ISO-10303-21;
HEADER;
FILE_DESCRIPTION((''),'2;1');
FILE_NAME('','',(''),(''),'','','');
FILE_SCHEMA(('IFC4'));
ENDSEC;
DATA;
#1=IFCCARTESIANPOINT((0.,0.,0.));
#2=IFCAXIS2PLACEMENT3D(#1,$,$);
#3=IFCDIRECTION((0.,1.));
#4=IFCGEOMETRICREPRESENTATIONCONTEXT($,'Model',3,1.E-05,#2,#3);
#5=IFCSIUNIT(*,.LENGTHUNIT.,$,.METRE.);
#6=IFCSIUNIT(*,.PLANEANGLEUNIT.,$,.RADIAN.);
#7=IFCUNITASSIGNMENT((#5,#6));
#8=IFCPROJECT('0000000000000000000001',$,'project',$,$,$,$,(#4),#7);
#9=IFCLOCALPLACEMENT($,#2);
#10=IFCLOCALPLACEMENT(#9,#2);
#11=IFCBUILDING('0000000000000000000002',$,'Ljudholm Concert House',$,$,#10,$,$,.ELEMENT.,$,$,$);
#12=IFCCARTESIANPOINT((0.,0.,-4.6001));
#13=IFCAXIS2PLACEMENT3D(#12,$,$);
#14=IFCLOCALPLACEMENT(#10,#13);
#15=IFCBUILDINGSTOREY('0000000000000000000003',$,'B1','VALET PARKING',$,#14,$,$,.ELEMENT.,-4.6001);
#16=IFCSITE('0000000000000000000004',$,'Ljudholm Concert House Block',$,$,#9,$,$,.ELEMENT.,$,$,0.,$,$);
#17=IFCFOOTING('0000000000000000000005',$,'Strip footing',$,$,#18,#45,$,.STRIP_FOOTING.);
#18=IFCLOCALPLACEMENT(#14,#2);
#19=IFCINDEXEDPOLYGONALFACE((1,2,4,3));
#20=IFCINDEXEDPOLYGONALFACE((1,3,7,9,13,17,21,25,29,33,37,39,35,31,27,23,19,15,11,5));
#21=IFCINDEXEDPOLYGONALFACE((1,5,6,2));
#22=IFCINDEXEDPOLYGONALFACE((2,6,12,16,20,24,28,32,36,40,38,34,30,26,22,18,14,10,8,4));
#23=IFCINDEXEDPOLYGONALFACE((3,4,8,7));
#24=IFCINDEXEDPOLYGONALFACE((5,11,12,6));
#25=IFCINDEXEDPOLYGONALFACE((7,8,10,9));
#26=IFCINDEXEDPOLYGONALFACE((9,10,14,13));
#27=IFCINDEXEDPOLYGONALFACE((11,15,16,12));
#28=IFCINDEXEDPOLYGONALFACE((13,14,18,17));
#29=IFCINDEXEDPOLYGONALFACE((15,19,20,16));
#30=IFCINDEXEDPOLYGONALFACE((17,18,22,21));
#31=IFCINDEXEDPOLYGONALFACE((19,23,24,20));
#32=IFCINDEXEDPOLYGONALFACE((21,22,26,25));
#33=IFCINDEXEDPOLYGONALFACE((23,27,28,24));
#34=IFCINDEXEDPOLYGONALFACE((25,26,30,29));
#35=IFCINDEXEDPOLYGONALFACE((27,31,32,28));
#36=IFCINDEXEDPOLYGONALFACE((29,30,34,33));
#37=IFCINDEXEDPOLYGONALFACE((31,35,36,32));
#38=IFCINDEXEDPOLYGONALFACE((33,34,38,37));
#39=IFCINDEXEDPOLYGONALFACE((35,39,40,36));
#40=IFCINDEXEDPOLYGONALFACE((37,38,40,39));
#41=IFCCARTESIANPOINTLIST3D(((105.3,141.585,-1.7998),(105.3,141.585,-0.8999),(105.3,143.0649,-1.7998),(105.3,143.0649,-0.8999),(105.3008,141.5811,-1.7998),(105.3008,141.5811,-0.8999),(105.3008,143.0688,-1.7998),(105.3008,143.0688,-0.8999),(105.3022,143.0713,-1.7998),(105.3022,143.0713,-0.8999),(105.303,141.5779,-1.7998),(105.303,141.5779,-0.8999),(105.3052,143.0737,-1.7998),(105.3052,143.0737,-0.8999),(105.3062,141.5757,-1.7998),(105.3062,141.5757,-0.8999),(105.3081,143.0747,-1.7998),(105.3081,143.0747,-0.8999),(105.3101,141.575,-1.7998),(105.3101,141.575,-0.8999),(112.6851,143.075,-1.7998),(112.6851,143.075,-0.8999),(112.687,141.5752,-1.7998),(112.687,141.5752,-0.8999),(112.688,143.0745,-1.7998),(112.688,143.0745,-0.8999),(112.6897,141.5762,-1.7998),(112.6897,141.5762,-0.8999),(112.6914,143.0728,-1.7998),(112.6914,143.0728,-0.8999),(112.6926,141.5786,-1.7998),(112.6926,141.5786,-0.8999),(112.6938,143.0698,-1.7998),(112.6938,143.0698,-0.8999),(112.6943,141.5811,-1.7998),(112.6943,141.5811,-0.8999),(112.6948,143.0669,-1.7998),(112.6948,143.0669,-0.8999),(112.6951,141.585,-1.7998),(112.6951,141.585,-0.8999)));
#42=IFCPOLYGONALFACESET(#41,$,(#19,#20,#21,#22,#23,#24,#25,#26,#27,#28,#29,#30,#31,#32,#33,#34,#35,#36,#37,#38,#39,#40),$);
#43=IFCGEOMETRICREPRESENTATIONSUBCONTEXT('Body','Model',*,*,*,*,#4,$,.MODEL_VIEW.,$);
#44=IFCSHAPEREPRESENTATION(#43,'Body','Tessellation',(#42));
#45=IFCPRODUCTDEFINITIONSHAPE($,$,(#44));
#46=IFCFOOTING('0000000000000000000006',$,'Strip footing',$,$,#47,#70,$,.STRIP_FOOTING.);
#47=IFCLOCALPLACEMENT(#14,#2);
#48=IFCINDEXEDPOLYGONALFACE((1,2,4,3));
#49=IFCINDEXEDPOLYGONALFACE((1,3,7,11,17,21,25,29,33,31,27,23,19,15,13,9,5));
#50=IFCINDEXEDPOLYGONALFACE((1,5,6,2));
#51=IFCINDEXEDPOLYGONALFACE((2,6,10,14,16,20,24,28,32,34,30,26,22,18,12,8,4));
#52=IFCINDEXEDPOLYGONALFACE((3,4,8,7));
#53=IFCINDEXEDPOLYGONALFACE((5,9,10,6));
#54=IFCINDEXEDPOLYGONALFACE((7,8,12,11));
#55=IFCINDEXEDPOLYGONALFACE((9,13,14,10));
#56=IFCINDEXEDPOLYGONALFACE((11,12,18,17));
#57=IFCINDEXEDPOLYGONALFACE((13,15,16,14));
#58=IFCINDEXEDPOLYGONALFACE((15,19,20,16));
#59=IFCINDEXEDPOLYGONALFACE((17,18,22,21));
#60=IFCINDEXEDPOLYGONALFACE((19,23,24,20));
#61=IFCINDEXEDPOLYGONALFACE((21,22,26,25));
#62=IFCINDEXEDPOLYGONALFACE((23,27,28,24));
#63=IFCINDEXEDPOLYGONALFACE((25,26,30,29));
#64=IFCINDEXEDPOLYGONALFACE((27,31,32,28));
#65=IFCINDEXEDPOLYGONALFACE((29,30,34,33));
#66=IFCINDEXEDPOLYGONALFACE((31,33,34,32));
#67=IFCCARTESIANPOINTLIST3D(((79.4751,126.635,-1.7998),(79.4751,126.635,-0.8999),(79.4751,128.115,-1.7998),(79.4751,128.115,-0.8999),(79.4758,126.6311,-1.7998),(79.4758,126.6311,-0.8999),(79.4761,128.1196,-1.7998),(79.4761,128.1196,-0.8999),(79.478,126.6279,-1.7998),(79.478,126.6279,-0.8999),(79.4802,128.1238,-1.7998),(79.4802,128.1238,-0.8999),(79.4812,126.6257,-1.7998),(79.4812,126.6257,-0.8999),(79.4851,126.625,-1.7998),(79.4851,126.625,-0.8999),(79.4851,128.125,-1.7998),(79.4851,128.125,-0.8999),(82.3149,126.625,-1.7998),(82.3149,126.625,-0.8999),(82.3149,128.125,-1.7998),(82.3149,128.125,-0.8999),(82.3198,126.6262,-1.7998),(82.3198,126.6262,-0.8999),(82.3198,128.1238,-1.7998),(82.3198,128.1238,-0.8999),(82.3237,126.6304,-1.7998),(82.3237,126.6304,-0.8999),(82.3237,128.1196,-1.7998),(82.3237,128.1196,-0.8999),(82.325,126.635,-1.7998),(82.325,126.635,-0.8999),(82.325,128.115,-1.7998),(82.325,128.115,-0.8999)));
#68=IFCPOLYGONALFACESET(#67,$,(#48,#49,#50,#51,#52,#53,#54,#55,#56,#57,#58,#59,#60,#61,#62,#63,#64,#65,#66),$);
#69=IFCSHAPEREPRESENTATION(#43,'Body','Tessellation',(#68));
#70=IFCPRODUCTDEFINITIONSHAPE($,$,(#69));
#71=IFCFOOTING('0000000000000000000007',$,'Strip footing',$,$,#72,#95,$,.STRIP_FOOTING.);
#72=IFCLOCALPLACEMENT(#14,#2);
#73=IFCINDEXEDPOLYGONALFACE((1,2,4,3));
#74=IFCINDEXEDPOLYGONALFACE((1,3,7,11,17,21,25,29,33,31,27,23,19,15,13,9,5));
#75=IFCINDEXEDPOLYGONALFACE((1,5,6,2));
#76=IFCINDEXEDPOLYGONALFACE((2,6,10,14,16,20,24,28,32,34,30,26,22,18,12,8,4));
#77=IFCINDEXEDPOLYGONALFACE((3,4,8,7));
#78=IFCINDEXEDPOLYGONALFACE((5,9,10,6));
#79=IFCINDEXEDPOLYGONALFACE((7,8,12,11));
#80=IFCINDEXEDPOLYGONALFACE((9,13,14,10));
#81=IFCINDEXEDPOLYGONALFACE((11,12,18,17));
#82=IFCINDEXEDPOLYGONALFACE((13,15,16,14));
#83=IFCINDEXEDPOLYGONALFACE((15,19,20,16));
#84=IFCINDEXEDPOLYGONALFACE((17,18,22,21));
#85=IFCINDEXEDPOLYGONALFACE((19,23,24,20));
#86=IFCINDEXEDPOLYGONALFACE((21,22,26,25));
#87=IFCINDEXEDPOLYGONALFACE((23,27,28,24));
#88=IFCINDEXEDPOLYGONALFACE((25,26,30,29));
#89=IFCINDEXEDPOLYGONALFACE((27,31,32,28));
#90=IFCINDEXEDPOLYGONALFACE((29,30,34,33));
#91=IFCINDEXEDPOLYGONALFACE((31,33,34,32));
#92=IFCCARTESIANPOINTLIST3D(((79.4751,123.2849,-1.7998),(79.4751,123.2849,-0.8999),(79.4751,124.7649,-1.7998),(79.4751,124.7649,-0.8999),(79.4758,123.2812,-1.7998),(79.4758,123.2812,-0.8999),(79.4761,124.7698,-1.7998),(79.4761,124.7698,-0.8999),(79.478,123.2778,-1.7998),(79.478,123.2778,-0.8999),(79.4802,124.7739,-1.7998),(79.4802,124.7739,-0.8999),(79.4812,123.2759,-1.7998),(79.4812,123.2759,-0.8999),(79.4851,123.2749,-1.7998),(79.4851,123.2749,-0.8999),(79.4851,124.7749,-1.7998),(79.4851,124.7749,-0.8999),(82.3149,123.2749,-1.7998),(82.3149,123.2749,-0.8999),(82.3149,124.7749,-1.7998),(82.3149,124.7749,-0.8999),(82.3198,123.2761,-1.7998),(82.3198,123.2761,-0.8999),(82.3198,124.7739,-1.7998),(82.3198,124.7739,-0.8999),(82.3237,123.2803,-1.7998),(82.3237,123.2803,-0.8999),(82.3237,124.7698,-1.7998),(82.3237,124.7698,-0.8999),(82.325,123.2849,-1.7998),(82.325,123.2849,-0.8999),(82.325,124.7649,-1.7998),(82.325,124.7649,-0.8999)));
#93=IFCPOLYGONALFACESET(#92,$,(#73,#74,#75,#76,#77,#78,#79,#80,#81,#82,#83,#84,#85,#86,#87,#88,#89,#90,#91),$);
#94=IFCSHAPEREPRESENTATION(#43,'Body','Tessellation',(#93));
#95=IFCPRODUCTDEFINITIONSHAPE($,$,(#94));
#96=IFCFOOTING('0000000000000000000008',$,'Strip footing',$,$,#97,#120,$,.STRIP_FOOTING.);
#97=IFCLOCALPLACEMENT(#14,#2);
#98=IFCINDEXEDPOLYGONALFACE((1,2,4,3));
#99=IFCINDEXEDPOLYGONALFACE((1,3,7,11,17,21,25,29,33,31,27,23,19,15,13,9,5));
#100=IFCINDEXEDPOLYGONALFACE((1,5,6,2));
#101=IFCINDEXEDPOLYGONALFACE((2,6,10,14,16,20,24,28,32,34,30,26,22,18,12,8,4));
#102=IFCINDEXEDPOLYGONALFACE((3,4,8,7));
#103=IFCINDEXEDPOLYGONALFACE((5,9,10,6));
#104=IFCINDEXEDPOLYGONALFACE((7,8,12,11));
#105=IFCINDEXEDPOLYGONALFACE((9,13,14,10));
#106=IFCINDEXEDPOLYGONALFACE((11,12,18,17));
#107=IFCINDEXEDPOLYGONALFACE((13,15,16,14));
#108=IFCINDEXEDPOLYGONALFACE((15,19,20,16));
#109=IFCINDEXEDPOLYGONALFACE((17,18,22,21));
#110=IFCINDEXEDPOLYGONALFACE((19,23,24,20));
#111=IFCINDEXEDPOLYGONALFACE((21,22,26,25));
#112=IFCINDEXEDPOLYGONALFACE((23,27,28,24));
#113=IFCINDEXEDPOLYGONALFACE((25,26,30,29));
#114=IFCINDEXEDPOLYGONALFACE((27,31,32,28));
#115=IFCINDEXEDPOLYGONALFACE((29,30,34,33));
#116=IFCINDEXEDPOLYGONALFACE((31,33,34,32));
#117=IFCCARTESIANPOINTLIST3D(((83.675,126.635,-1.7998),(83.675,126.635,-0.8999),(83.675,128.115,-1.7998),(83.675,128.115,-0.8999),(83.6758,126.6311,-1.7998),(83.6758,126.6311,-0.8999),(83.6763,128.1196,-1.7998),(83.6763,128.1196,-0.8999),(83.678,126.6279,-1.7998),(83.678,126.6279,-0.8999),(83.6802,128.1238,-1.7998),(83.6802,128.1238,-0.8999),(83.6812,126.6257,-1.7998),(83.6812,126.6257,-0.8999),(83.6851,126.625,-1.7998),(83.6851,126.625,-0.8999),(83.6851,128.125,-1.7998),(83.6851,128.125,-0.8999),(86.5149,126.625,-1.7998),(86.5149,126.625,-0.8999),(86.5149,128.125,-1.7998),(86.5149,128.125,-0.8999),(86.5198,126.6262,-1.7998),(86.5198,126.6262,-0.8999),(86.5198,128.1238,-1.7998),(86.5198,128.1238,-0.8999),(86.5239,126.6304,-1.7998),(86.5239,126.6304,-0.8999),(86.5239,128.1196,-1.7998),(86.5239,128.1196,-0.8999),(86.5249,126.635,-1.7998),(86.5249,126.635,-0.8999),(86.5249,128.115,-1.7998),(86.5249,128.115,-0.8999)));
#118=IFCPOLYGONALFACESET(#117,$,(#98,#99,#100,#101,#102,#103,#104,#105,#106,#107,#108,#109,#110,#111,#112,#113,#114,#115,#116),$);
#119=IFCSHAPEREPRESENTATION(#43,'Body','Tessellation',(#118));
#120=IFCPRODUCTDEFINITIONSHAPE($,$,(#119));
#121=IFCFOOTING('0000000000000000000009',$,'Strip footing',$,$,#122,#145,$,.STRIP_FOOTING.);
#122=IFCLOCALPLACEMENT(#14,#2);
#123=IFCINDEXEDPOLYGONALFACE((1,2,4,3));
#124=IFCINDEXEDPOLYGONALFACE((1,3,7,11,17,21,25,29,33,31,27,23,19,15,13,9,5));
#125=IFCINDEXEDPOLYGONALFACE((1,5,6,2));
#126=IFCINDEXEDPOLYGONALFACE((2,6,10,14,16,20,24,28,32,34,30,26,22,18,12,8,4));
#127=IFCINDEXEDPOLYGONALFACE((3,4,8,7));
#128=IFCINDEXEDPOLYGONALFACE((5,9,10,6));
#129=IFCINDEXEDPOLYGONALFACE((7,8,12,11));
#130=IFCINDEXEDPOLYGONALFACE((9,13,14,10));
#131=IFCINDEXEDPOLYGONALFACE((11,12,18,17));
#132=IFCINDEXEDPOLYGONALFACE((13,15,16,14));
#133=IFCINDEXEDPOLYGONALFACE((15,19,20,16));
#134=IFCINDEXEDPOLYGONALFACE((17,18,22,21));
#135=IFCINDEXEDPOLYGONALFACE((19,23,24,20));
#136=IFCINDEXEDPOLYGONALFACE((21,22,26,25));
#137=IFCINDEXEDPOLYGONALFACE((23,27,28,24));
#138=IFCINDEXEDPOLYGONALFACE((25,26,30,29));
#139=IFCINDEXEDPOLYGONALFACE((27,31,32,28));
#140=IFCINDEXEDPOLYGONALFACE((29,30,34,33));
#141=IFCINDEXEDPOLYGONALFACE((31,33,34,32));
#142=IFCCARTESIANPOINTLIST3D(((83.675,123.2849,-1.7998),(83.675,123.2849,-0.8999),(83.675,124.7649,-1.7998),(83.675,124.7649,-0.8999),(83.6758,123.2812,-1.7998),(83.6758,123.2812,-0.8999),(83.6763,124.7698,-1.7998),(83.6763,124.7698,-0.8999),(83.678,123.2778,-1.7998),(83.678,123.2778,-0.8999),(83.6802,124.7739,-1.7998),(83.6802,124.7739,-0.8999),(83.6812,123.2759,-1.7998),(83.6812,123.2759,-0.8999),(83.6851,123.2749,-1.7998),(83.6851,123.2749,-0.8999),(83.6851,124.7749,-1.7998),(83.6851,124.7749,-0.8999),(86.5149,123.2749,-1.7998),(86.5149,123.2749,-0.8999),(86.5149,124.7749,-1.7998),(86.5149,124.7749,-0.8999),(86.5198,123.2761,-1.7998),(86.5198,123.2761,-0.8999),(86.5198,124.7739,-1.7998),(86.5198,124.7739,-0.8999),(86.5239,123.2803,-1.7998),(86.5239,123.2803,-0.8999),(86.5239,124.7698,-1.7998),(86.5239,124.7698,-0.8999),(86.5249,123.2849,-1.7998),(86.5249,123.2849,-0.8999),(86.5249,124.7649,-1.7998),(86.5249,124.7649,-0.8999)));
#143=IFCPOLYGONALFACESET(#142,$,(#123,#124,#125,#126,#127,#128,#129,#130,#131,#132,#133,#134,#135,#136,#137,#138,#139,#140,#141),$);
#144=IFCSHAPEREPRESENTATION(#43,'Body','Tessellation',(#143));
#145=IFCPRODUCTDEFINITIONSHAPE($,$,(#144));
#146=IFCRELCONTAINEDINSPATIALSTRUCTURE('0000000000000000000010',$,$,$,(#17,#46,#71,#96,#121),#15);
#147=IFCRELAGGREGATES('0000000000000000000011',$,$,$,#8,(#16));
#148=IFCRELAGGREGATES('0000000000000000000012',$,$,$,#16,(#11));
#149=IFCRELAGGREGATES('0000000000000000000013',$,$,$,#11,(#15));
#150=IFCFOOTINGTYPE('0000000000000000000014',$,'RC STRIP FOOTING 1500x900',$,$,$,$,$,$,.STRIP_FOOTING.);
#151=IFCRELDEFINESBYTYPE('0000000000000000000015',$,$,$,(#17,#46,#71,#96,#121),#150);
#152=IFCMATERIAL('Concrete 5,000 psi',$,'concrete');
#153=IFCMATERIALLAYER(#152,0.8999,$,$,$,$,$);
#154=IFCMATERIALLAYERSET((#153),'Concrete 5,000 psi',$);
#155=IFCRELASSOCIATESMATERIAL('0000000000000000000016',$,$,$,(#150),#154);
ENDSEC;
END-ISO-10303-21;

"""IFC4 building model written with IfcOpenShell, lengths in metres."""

from ifc_helpers import new_model, si_unit, direction, frame, origin, place, context, subcontext, project, spatial, polyline, outline, extrude, material, layer, layer_set, type_object, element, save


model = new_model("IFC4")

# Units and contexts
model_context = context("Model", 3, precision=1e-05, world=origin(), true_north=direction((0.0, 1.0)))
body_context = subcontext(model_context, "Body", "Model", "MODEL_VIEW")
ifc_project = project(units=[si_unit("LENGTHUNIT", "METRE"), si_unit("PLANEANGLEUNIT", "RADIAN")], contexts=[model_context])

# Site, building, storey
site_placement = place(None, origin())
site = spatial("IfcSite", under=ifc_project, at=site_placement, Name="Ljudholm Concert House Block", CompositionType="ELEMENT", RefElevation=0.0)
building_placement = place(site_placement, origin())
building = spatial("IfcBuilding", under=site, at=building_placement, Name="Ljudholm Concert House", CompositionType="ELEMENT")
storey_placement = place(building_placement, frame((0.0, 0.0, -4.6001)))
storey = spatial("IfcBuildingStorey", under=building, at=storey_placement, Name="B1", Description="VALET PARKING", CompositionType="ELEMENT", Elevation=-4.6001)

# Footings
ifc_material_1 = material(Name="Concrete 5,000 psi", Category="concrete")
ifc_layer_1 = layer(ifc_material_1, 0.8999)
ifc_layer_set_1 = layer_set([ifc_layer_1], Name="Concrete 5,000 psi")
footing_type_1 = type_object("IfcFootingType", Name="RC STRIP FOOTING 1500x900", PredefinedType="STRIP_FOOTING", material=ifc_layer_set_1)
footing_1_placement = place(storey_placement, frame((0.0, 0.0, -1.7998)))
element("IfcFooting", 1, at=footing_1_placement, inside=storey, type_object=footing_type_1, Name="Strip footing", PredefinedType="STRIP_FOOTING", context=body_context, shape_type="SweptSolid", body=[
    extrude(outline(polyline([(105.3101, 141.575), (112.687, 141.5752), (112.6897, 141.5762), (112.6926, 141.5786), (112.6943, 141.5811), (112.6951, 141.585), (112.6948, 143.0669), (112.6938, 143.0698), (112.6914, 143.0728), (112.688, 143.0745), (112.6851, 143.075), (105.3081, 143.0747), (105.3052, 143.0737), (105.3022, 143.0713), (105.3008, 143.0688), (105.3, 143.0649), (105.3, 141.585), (105.3008, 141.5811), (105.303, 141.5779), (105.3062, 141.5757), (105.3101, 141.575)])), origin(), (0.0, 0.0, 1.0), 0.8999),
])
footing_2_placement = place(storey_placement, frame((0.0, 0.0, -1.7998)))
element("IfcFooting", 2, at=footing_2_placement, inside=storey, type_object=footing_type_1, Name="Strip footing", PredefinedType="STRIP_FOOTING", context=body_context, shape_type="SweptSolid", body=[
    extrude(outline(polyline([(79.4851, 126.625), (82.3149, 126.625), (82.3198, 126.6262), (82.3237, 126.6304), (82.325, 126.635), (82.325, 128.115), (82.3237, 128.1196), (82.3198, 128.1238), (82.3149, 128.125), (79.4851, 128.125), (79.4802, 128.1238), (79.4761, 128.1196), (79.4751, 128.115), (79.4751, 126.635), (79.4758, 126.6311), (79.478, 126.6279), (79.4812, 126.6257), (79.4851, 126.625)])), origin(), (0.0, 0.0, 1.0), 0.8999),
])
footing_3_placement = place(storey_placement, frame((0.0, 0.0, -1.7998)))
element("IfcFooting", 3, at=footing_3_placement, inside=storey, type_object=footing_type_1, Name="Strip footing", PredefinedType="STRIP_FOOTING", context=body_context, shape_type="SweptSolid", body=[
    extrude(outline(polyline([(79.4851, 123.2749), (82.3149, 123.2749), (82.3198, 123.2761), (82.3237, 123.2803), (82.325, 123.2849), (82.325, 124.7649), (82.3237, 124.7698), (82.3198, 124.7739), (82.3149, 124.7749), (79.4851, 124.7749), (79.4802, 124.7739), (79.4761, 124.7698), (79.4751, 124.7649), (79.4751, 123.2849), (79.4758, 123.2812), (79.478, 123.2778), (79.4812, 123.2759), (79.4851, 123.2749)])), origin(), (0.0, 0.0, 1.0), 0.8999),
])
footing_4_placement = place(storey_placement, frame((0.0, 0.0, -1.7998)))
element("IfcFooting", 4, at=footing_4_placement, inside=storey, type_object=footing_type_1, Name="Strip footing", PredefinedType="STRIP_FOOTING", context=body_context, shape_type="SweptSolid", body=[
    extrude(outline(polyline([(83.6851, 126.625), (86.5149, 126.625), (86.5198, 126.6262), (86.5239, 126.6304), (86.5249, 126.635), (86.5249, 128.115), (86.5239, 128.1196), (86.5198, 128.1238), (86.5149, 128.125), (83.6851, 128.125), (83.6802, 128.1238), (83.6763, 128.1196), (83.675, 128.115), (83.675, 126.635), (83.6758, 126.6311), (83.678, 126.6279), (83.6812, 126.6257), (83.6851, 126.625)])), origin(), (0.0, 0.0, 1.0), 0.8999),
])
footing_5_placement = place(storey_placement, frame((0.0, 0.0, -1.7998)))
element("IfcFooting", 5, at=footing_5_placement, inside=storey, type_object=footing_type_1, Name="Strip footing", PredefinedType="STRIP_FOOTING", context=body_context, shape_type="SweptSolid", body=[
    extrude(outline(polyline([(83.6851, 123.2749), (86.5149, 123.2749), (86.5198, 123.2761), (86.5239, 123.2803), (86.5249, 123.2849), (86.5249, 124.7649), (86.5239, 124.7698), (86.5198, 124.7739), (86.5149, 124.7749), (83.6851, 124.7749), (83.6802, 124.7739), (83.6763, 124.7698), (83.675, 124.7649), (83.675, 123.2849), (83.6758, 123.2812), (83.678, 123.2778), (83.6812, 123.2759), (83.6851, 123.2749)])), origin(), (0.0, 0.0, 1.0), 0.8999),
])

save(model, "model.ifc")
